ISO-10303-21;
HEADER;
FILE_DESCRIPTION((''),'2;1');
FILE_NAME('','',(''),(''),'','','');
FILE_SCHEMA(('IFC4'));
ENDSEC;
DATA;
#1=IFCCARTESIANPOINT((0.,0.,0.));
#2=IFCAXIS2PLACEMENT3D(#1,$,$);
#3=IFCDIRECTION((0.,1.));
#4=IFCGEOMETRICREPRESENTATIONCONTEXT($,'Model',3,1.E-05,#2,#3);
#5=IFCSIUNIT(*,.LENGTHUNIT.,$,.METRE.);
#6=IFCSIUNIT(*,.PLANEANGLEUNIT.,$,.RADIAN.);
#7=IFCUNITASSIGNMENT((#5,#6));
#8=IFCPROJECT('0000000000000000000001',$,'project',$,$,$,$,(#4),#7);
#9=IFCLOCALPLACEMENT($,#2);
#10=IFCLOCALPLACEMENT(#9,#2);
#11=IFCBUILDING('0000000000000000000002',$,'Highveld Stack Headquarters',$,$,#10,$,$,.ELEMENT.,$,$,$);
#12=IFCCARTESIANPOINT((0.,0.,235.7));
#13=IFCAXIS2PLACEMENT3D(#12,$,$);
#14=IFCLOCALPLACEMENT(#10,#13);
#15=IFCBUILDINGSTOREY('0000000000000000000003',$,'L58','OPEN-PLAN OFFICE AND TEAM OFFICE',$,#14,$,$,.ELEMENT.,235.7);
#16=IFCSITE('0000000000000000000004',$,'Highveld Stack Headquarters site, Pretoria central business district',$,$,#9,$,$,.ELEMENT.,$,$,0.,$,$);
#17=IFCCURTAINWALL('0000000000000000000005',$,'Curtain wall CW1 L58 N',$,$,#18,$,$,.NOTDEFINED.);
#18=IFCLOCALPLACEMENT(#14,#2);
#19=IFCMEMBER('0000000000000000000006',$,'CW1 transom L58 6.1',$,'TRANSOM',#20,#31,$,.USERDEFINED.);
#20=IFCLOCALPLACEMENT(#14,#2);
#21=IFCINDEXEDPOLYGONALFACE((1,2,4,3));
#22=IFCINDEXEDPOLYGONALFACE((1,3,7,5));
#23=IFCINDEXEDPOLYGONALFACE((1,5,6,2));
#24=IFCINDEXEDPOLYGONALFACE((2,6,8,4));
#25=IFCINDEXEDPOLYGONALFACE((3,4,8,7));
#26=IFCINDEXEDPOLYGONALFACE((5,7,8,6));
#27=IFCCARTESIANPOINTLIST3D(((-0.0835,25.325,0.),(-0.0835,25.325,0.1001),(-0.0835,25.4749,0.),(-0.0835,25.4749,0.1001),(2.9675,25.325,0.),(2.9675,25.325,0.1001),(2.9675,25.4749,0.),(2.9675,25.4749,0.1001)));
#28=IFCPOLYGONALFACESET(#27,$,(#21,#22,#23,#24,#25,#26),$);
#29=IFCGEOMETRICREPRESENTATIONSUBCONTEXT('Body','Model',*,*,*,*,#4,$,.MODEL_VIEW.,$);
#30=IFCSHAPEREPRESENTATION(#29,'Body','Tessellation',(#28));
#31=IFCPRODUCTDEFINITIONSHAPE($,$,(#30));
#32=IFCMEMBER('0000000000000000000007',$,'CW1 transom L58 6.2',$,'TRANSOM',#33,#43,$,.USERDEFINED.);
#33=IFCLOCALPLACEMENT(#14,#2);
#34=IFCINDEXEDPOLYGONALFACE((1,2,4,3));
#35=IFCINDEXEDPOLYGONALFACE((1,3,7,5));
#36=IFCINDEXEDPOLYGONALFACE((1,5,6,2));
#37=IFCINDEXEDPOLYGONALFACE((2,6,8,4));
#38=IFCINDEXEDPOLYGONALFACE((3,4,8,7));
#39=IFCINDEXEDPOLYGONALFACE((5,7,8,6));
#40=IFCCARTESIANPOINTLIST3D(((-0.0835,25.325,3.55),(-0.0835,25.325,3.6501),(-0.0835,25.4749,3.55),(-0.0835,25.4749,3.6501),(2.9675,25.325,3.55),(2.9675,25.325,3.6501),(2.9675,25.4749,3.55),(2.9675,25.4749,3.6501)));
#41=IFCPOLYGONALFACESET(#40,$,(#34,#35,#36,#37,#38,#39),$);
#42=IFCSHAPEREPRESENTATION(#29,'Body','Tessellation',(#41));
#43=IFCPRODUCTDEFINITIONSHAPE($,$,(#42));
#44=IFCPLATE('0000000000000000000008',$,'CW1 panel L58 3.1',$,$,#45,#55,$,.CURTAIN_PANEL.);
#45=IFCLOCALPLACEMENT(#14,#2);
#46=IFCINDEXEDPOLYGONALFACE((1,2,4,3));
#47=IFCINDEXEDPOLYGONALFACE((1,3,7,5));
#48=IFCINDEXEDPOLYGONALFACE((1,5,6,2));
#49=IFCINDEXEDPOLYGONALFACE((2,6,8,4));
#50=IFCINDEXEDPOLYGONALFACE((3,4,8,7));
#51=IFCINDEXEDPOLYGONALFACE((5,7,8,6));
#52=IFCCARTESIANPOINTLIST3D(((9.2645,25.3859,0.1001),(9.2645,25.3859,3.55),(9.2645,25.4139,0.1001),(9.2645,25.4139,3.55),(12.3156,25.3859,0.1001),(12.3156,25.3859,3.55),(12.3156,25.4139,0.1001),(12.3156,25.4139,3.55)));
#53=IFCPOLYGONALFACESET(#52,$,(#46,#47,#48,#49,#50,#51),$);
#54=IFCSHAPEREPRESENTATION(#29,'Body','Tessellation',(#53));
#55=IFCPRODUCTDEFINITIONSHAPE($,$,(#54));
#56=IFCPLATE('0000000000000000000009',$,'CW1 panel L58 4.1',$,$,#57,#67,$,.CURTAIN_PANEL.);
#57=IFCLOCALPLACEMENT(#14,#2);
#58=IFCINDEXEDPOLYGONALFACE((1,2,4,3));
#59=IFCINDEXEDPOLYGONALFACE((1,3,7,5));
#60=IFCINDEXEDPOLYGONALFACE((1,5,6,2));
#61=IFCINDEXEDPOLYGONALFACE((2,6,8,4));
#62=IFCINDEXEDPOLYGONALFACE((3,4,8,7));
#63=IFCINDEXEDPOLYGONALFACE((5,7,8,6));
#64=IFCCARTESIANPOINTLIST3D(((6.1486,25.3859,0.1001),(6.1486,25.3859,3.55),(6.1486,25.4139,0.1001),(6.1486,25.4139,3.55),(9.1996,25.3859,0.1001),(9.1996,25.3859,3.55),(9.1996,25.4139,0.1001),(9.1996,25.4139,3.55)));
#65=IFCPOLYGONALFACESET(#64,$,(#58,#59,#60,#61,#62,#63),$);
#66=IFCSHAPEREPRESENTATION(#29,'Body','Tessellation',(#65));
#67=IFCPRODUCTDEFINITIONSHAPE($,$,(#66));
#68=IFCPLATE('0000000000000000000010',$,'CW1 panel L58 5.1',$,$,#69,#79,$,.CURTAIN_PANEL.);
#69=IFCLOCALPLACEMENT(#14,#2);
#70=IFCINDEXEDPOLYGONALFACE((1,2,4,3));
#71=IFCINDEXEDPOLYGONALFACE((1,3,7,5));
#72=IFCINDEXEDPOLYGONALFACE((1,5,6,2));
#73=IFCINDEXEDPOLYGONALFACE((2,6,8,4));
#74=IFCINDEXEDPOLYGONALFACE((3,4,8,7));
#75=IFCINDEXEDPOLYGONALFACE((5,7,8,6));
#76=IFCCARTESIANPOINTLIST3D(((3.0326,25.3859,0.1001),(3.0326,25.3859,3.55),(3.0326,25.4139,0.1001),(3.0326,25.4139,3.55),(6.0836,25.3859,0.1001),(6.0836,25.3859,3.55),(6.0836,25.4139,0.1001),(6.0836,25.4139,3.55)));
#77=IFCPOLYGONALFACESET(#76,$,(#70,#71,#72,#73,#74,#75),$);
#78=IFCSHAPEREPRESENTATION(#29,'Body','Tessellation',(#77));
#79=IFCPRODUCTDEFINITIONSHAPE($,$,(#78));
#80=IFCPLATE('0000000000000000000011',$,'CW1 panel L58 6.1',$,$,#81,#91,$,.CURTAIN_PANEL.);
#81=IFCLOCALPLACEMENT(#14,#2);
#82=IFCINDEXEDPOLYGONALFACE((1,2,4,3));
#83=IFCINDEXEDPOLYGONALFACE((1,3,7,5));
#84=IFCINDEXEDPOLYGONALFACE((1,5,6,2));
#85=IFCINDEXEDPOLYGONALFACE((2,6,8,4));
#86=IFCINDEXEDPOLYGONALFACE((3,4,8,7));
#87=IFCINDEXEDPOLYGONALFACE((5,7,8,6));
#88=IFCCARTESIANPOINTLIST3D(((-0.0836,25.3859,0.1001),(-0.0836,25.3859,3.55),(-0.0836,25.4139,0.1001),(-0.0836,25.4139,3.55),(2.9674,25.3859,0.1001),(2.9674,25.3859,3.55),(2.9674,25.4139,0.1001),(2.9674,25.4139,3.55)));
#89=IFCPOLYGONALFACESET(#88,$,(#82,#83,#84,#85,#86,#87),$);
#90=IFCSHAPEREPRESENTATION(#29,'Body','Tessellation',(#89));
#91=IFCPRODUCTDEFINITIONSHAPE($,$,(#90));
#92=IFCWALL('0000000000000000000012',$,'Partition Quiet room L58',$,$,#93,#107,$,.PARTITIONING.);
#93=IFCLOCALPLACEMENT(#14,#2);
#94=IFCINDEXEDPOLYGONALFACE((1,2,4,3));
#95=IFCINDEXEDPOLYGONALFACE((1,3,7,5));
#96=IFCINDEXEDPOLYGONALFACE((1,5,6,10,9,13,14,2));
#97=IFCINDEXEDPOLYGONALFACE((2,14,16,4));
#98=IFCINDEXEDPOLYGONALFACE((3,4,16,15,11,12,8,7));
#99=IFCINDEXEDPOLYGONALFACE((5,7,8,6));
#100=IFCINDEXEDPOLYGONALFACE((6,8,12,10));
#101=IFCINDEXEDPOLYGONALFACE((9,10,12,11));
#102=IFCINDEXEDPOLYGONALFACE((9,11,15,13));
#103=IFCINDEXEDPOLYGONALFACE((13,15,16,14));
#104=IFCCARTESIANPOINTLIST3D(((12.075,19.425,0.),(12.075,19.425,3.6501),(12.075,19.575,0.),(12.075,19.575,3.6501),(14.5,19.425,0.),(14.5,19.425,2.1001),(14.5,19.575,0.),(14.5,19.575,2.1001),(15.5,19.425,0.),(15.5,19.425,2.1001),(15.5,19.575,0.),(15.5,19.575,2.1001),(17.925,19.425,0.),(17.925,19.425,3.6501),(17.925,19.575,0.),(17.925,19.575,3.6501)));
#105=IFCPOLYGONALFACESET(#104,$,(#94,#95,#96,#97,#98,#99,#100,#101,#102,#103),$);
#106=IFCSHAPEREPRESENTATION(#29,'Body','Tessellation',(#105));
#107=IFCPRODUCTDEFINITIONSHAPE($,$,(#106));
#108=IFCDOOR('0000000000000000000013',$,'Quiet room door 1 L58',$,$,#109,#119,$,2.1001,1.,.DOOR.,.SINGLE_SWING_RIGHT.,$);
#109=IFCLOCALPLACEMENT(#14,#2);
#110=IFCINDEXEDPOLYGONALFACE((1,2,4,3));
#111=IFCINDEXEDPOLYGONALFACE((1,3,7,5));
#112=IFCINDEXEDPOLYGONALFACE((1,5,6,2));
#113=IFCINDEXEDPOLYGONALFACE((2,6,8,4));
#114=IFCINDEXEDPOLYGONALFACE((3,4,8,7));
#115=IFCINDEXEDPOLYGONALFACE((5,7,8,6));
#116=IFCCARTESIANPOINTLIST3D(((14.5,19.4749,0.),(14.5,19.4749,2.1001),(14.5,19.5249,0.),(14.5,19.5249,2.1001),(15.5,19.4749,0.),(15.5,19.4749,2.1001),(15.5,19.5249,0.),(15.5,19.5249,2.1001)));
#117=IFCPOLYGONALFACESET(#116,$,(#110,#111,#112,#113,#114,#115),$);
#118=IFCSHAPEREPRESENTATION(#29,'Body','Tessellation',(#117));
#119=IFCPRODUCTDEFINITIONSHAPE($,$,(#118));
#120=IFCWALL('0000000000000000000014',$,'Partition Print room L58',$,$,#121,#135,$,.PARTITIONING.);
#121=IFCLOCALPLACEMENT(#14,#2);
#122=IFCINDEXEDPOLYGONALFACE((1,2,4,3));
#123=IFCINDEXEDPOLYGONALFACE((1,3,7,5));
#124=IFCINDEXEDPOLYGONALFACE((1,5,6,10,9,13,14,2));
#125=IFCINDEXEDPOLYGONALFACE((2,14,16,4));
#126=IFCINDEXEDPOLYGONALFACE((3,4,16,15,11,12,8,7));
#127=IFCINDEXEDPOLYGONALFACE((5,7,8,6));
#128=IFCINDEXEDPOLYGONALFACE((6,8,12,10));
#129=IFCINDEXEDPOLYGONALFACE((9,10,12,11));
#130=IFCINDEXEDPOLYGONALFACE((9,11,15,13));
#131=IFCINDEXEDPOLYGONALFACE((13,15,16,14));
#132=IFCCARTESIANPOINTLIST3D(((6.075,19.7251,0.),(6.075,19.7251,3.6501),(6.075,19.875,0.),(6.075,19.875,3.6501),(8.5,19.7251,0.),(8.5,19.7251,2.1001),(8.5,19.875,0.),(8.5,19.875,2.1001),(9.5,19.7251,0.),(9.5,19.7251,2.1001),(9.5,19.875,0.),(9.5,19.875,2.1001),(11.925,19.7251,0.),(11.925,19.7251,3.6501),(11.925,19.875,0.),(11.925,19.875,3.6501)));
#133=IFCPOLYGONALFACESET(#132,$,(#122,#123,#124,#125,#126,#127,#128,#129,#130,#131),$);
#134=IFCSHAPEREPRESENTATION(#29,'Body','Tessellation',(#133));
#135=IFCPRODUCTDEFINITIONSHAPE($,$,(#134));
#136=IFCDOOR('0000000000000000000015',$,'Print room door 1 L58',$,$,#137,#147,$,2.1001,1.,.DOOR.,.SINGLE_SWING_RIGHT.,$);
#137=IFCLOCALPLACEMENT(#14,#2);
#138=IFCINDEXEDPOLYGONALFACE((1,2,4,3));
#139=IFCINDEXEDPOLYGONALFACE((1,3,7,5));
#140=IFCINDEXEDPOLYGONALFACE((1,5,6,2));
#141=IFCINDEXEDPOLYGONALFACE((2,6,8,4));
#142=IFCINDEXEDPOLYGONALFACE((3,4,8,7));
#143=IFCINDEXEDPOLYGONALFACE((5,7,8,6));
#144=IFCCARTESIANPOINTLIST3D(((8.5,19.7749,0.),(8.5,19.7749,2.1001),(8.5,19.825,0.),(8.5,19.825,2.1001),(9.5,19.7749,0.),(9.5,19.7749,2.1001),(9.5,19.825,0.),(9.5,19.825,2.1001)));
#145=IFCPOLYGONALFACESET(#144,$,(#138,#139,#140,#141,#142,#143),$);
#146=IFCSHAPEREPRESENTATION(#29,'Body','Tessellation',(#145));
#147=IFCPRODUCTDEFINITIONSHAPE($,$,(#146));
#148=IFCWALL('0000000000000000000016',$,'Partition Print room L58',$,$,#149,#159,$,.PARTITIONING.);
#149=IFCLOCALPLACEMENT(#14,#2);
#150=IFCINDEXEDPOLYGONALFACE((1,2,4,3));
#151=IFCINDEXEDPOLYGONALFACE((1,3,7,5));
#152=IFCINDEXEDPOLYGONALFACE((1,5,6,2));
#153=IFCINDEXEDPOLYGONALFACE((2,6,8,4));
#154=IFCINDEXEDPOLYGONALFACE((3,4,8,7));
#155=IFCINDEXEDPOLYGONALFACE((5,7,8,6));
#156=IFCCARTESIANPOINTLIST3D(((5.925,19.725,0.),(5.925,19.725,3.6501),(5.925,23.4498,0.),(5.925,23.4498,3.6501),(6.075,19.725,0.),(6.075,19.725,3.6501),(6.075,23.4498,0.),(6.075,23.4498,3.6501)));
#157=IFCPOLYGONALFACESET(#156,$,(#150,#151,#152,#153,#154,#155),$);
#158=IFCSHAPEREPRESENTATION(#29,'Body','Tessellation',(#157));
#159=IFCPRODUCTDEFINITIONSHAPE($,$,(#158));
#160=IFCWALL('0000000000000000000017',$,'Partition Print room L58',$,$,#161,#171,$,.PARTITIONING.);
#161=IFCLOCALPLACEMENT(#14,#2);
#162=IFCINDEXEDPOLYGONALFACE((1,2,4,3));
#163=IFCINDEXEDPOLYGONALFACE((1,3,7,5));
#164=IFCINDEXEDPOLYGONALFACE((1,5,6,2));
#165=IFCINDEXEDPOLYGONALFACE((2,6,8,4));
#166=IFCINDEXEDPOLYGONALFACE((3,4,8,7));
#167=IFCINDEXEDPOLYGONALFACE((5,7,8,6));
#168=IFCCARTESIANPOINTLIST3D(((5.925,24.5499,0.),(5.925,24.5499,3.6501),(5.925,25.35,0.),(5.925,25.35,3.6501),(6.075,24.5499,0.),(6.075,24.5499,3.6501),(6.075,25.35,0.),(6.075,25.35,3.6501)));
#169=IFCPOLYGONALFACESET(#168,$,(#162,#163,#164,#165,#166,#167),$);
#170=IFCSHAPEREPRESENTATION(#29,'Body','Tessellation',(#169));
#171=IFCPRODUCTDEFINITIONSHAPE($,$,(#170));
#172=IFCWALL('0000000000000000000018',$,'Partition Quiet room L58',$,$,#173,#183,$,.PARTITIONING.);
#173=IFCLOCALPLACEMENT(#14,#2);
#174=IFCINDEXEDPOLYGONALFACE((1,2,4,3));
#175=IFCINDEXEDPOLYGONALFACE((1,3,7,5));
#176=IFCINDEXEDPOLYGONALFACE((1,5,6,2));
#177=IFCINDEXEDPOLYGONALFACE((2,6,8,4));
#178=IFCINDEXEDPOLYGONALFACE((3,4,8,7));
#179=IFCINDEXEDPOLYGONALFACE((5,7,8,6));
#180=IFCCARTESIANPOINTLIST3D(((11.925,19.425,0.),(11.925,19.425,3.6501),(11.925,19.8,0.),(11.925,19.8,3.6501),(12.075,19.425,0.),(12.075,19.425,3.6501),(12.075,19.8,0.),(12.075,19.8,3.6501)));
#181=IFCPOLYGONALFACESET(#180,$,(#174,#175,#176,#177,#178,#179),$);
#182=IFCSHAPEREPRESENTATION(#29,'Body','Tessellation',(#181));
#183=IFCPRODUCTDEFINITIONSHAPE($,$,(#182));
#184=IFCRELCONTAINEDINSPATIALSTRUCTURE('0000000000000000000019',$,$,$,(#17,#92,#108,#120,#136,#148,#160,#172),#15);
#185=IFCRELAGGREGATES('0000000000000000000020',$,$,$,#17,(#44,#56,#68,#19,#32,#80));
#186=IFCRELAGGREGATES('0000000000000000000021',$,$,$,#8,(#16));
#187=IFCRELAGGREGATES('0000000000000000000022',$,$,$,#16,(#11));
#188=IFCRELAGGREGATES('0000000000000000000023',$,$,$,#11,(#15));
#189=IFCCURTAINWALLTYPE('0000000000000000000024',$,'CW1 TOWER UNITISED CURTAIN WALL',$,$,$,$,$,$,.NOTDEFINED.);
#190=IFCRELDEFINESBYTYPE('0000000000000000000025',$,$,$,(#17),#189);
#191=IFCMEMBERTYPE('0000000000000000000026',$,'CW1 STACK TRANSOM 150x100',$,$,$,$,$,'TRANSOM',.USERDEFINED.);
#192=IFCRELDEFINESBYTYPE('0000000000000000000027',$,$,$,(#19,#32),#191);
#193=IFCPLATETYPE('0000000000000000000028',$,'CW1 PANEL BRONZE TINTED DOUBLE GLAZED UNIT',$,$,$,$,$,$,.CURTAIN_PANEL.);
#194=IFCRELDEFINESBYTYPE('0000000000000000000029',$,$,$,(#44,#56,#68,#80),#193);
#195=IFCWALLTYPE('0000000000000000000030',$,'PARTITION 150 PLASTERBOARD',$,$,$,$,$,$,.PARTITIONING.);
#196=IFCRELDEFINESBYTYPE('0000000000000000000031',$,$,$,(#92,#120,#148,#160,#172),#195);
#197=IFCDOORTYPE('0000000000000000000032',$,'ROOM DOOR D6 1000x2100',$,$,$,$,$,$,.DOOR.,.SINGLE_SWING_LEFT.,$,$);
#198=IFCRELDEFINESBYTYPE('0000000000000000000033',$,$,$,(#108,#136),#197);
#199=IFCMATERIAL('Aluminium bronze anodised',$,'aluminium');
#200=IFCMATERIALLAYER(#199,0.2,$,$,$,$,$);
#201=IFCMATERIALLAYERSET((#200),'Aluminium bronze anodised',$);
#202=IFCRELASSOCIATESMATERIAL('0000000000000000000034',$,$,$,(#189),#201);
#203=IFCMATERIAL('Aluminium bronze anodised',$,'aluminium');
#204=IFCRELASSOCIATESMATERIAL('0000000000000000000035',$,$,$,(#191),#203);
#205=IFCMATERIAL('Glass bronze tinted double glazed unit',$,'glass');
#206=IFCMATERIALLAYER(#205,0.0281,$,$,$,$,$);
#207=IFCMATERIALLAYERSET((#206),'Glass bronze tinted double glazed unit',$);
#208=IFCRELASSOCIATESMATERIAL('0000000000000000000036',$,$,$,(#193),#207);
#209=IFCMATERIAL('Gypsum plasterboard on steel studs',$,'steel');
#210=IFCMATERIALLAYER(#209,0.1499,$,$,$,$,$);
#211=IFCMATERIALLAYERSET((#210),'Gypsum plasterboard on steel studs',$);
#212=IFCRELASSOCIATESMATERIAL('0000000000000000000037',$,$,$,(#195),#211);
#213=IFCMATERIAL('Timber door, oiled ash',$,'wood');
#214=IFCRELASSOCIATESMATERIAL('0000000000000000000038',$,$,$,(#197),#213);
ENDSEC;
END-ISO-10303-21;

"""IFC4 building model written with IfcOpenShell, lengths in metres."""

from ifc_helpers import new_model, si_unit, direction, frame, frame_2d, origin, origin_2d, place, context, subcontext, project, spatial, rectangle, extrude, material, layer, layer_set, material_profile, profile_set, type_object, element, fill, aggregate, save


model = new_model("IFC4")

# Units and contexts
model_context = context("Model", 3, precision=1e-05, world=origin(), true_north=direction((0.0, 1.0)))
body_context = subcontext(model_context, "Body", "Model", "MODEL_VIEW")
ifc_project = project(units=[si_unit("LENGTHUNIT", "METRE"), si_unit("PLANEANGLEUNIT", "RADIAN")], contexts=[model_context])

# Site, building, storey
site_placement = place(None, origin())
site = spatial("IfcSite", under=ifc_project, at=site_placement, Name="Highveld Stack Headquarters site, Pretoria central business district", CompositionType="ELEMENT", RefElevation=0.0)
building_placement = place(site_placement, origin())
building = spatial("IfcBuilding", under=site, at=building_placement, Name="Highveld Stack Headquarters", CompositionType="ELEMENT")
storey_placement = place(building_placement, frame((0.0, 0.0, 235.7)))
storey = spatial("IfcBuildingStorey", under=building, at=storey_placement, Name="L58", Description="OPEN-PLAN OFFICE AND TEAM OFFICE", CompositionType="ELEMENT", Elevation=235.7)

# Curtain wall, members, plates
ifc_material_1 = material(Name="Aluminium bronze anodised", Category="aluminium")
ifc_layer_1 = layer(ifc_material_1, 0.2)
ifc_layer_set_1 = layer_set([ifc_layer_1], Name="Aluminium bronze anodised")
curtain_wall_type = type_object("IfcCurtainWallType", Name="CW1 TOWER UNITISED CURTAIN WALL", PredefinedType="NOTDEFINED", material=ifc_layer_set_1)
curtain_wall_placement = place(storey_placement, origin())
curtain_wall = element("IfcCurtainWall", 1, at=curtain_wall_placement, inside=storey, type_object=curtain_wall_type, Name="Curtain wall CW1 L58 N", PredefinedType="NOTDEFINED")
ifc_material_2 = material(Name="Aluminium bronze anodised", Category="aluminium")
ifc_material_profile_1 = material_profile(ifc_material_2, rectangle(XDim=0.1499, YDim=0.1001, at=origin_2d()), Name="CW1 TRANSOM 150x100")
ifc_profile_set_1 = profile_set([ifc_material_profile_1], Name="Aluminium bronze anodised")
member_type_1 = type_object("IfcMemberType", Name="CW1 STACK TRANSOM 150x100", ElementType="TRANSOM", PredefinedType="USERDEFINED", material=ifc_profile_set_1)
member_1_placement = place(storey_placement, frame((2.9675, 25.3999, 0.05), z_axis=(-1.0, 0.0, 0.0), x_axis=(0.0, -1.0, 0.0)))
member_1 = element("IfcMember", 2, at=member_1_placement, type_object=member_type_1, Name="CW1 transom L58 6.1", ObjectType="TRANSOM", PredefinedType="USERDEFINED", context=body_context, shape_type="SweptSolid", body=[
    extrude(rectangle(XDim=0.1499, YDim=0.1001, at=origin_2d()), origin(), (0.0, 0.0, 1.0), 3.051),
])
member_2_placement = place(storey_placement, frame((2.9675, 25.3999, 3.6001), z_axis=(-1.0, 0.0, 0.0), x_axis=(0.0, -1.0, 0.0)))
member_2 = element("IfcMember", 3, at=member_2_placement, type_object=member_type_1, Name="CW1 transom L58 6.2", ObjectType="TRANSOM", PredefinedType="USERDEFINED", context=body_context, shape_type="SweptSolid", body=[
    extrude(rectangle(XDim=0.1499, YDim=0.1001, at=origin_2d()), origin(), (0.0, 0.0, 1.0), 3.051),
])
ifc_material_3 = material(Name="Glass bronze tinted double glazed unit", Category="glass")
ifc_layer_2 = layer(ifc_material_3, 0.0281)
ifc_layer_set_2 = layer_set([ifc_layer_2], Name="Glass bronze tinted double glazed unit")
plate_type = type_object("IfcPlateType", Name="CW1 PANEL BRONZE TINTED DOUBLE GLAZED UNIT", PredefinedType="CURTAIN_PANEL", material=ifc_layer_set_2)
plate_1_placement = place(storey_placement, frame((10.79, 25.3999, 0.1001), z_axis=(0.0, 0.0, 1.0), x_axis=(-1.0, 0.0, 0.0)))
plate_1 = element("IfcPlate", 4, at=plate_1_placement, type_object=plate_type, Name="CW1 panel L58 3.1", PredefinedType="CURTAIN_PANEL", context=body_context, shape_type="SweptSolid", body=[
    extrude(rectangle(XDim=3.051, YDim=0.0281, at=origin_2d()), origin(), (0.0, 0.0, 1.0), 3.45),
])
plate_2_placement = place(storey_placement, frame((7.6741, 25.3999, 0.1001), z_axis=(0.0, 0.0, 1.0), x_axis=(-1.0, 0.0, 0.0)))
plate_2 = element("IfcPlate", 5, at=plate_2_placement, type_object=plate_type, Name="CW1 panel L58 4.1", PredefinedType="CURTAIN_PANEL", context=body_context, shape_type="SweptSolid", body=[
    extrude(rectangle(XDim=3.051, YDim=0.0281, at=origin_2d()), origin(), (0.0, 0.0, 1.0), 3.45),
])
plate_3_placement = place(storey_placement, frame((4.5581, 25.3999, 0.1001), z_axis=(0.0, 0.0, 1.0), x_axis=(-1.0, 0.0, 0.0)))
plate_3 = element("IfcPlate", 6, at=plate_3_placement, type_object=plate_type, Name="CW1 panel L58 5.1", PredefinedType="CURTAIN_PANEL", context=body_context, shape_type="SweptSolid", body=[
    extrude(rectangle(XDim=3.051, YDim=0.0281, at=origin_2d()), origin(), (0.0, 0.0, 1.0), 3.45),
])
plate_4_placement = place(storey_placement, frame((1.4419, 25.3999, 0.1001), z_axis=(0.0, 0.0, 1.0), x_axis=(-1.0, 0.0, 0.0)))
plate_4 = element("IfcPlate", 7, at=plate_4_placement, type_object=plate_type, Name="CW1 panel L58 6.1", PredefinedType="CURTAIN_PANEL", context=body_context, shape_type="SweptSolid", body=[
    extrude(rectangle(XDim=3.051, YDim=0.0281, at=origin_2d()), origin(), (0.0, 0.0, 1.0), 3.45),
])
aggregate(curtain_wall, [plate_1, plate_2, plate_3, member_1, member_2, plate_4])

# Walls, openings, doors
ifc_material_4 = material(Name="Gypsum plasterboard on steel studs", Category="steel")
ifc_layer_3 = layer(ifc_material_4, 0.1499)
ifc_layer_set_3 = layer_set([ifc_layer_3], Name="Gypsum plasterboard on steel studs")
wall_type = type_object("IfcWallType", Name="PARTITION 150 PLASTERBOARD", PredefinedType="PARTITIONING", material=ifc_layer_set_3)
wall_1_placement = place(storey_placement, frame((12.075, 19.5, 0.0), z_axis=(0.0, 0.0, 1.0), x_axis=(1.0, 0.0, 0.0)))
wall_1 = element("IfcWall", 8, at=wall_1_placement, inside=storey, type_object=wall_type, Name="Partition Quiet room L58", PredefinedType="PARTITIONING", context=body_context, shape_type="SweptSolid", body=[
    extrude(rectangle(XDim=5.8501, YDim=0.1499, at=frame_2d((2.925, 0.0))), origin(), (0.0, 0.0, 1.0), 3.6501),
])
opening_1_placement = place(wall_1_placement, frame((2.425, 0.0, 0.0)))
opening_1 = element("IfcOpeningElement", 9, at=opening_1_placement, cuts=wall_1, PredefinedType="OPENING", context=body_context, shape_type="SweptSolid", body=[
    extrude(rectangle(XDim=1.0, YDim=2.1001, at=frame_2d((0.5, 1.05))), frame((0.0, 0.085, 0.0), z_axis=(0.0, -1.0, 0.0), x_axis=(1.0, 0.0, 0.0)), (0.0, 0.0, 1.0), 0.1699),
])
ifc_material_5 = material(Name="Timber door, oiled ash", Category="wood")
door_type = type_object("IfcDoorType", Name="ROOM DOOR D6 1000x2100", OperationType="SINGLE_SWING_LEFT", PredefinedType="DOOR", material=ifc_material_5)
door_1_placement = place(opening_1_placement, origin())
door_1 = element("IfcDoor", 10, at=door_1_placement, inside=storey, type_object=door_type, Name="Quiet room door 1 L58", OperationType="SINGLE_SWING_RIGHT", OverallHeight=2.1001, OverallWidth=1.0, PredefinedType="DOOR", context=body_context, shape_type="SweptSolid", body=[
    extrude(rectangle(XDim=1.0, YDim=2.1001, at=frame_2d((0.5, 1.05))), frame((0.0, 0.0249, 0.0), z_axis=(0.0, -1.0, 0.0), x_axis=(1.0, 0.0, 0.0)), (0.0, 0.0, 1.0), 0.05),
])
fill(opening_1, door_1)
wall_2_placement = place(storey_placement, frame((6.075, 19.8, 0.0), z_axis=(0.0, 0.0, 1.0), x_axis=(1.0, 0.0, 0.0)))
wall_2 = element("IfcWall", 11, at=wall_2_placement, inside=storey, type_object=wall_type, Name="Partition Print room L58", PredefinedType="PARTITIONING", context=body_context, shape_type="SweptSolid", body=[
    extrude(rectangle(XDim=5.8501, YDim=0.1499, at=frame_2d((2.925, 0.0))), origin(), (0.0, 0.0, 1.0), 3.6501),
])
opening_2_placement = place(wall_2_placement, frame((2.425, 0.0, 0.0)))
opening_2 = element("IfcOpeningElement", 12, at=opening_2_placement, cuts=wall_2, PredefinedType="OPENING", context=body_context, shape_type="SweptSolid", body=[
    extrude(rectangle(XDim=1.0, YDim=2.1001, at=frame_2d((0.5, 1.05))), frame((0.0, 0.085, 0.0), z_axis=(0.0, -1.0, 0.0), x_axis=(1.0, 0.0, 0.0)), (0.0, 0.0, 1.0), 0.1699),
])
door_2_placement = place(opening_2_placement, origin())
door_2 = element("IfcDoor", 13, at=door_2_placement, inside=storey, type_object=door_type, Name="Print room door 1 L58", OperationType="SINGLE_SWING_RIGHT", OverallHeight=2.1001, OverallWidth=1.0, PredefinedType="DOOR", context=body_context, shape_type="SweptSolid", body=[
    extrude(rectangle(XDim=1.0, YDim=2.1001, at=frame_2d((0.5, 1.05))), frame((0.0, 0.0249, 0.0), z_axis=(0.0, -1.0, 0.0), x_axis=(1.0, 0.0, 0.0)), (0.0, 0.0, 1.0), 0.05),
])
fill(opening_2, door_2)

# Walls
wall_3_placement = place(storey_placement, frame((6.0, 19.7251, 0.0), z_axis=(0.0, 0.0, 1.0), x_axis=(0.0, 1.0, 0.0)))
element("IfcWall", 14, at=wall_3_placement, inside=storey, type_object=wall_type, Name="Partition Print room L58", PredefinedType="PARTITIONING", context=body_context, shape_type="SweptSolid", body=[
    extrude(rectangle(XDim=3.7249, YDim=0.1499, at=frame_2d((1.8623, 0.0))), origin(), (0.0, 0.0, 1.0), 3.6501),
])
wall_4_placement = place(storey_placement, frame((6.0, 24.55, 0.0), z_axis=(0.0, 0.0, 1.0), x_axis=(0.0, 1.0, 0.0)))
element("IfcWall", 15, at=wall_4_placement, inside=storey, type_object=wall_type, Name="Partition Print room L58", PredefinedType="PARTITIONING", context=body_context, shape_type="SweptSolid", body=[
    extrude(rectangle(XDim=0.8, YDim=0.1499, at=frame_2d((0.3999, 0.0))), origin(), (0.0, 0.0, 1.0), 3.6501),
])
wall_5_placement = place(storey_placement, frame((12.0, 19.425, 0.0), z_axis=(0.0, 0.0, 1.0), x_axis=(0.0, 1.0, 0.0)))
element("IfcWall", 16, at=wall_5_placement, inside=storey, type_object=wall_type, Name="Partition Quiet room L58", PredefinedType="PARTITIONING", context=body_context, shape_type="SweptSolid", body=[
    extrude(rectangle(XDim=0.375, YDim=0.1499, at=frame_2d((0.1875, 0.0))), origin(), (0.0, 0.0, 1.0), 3.6501),
])

save(model, "model.ifc")
